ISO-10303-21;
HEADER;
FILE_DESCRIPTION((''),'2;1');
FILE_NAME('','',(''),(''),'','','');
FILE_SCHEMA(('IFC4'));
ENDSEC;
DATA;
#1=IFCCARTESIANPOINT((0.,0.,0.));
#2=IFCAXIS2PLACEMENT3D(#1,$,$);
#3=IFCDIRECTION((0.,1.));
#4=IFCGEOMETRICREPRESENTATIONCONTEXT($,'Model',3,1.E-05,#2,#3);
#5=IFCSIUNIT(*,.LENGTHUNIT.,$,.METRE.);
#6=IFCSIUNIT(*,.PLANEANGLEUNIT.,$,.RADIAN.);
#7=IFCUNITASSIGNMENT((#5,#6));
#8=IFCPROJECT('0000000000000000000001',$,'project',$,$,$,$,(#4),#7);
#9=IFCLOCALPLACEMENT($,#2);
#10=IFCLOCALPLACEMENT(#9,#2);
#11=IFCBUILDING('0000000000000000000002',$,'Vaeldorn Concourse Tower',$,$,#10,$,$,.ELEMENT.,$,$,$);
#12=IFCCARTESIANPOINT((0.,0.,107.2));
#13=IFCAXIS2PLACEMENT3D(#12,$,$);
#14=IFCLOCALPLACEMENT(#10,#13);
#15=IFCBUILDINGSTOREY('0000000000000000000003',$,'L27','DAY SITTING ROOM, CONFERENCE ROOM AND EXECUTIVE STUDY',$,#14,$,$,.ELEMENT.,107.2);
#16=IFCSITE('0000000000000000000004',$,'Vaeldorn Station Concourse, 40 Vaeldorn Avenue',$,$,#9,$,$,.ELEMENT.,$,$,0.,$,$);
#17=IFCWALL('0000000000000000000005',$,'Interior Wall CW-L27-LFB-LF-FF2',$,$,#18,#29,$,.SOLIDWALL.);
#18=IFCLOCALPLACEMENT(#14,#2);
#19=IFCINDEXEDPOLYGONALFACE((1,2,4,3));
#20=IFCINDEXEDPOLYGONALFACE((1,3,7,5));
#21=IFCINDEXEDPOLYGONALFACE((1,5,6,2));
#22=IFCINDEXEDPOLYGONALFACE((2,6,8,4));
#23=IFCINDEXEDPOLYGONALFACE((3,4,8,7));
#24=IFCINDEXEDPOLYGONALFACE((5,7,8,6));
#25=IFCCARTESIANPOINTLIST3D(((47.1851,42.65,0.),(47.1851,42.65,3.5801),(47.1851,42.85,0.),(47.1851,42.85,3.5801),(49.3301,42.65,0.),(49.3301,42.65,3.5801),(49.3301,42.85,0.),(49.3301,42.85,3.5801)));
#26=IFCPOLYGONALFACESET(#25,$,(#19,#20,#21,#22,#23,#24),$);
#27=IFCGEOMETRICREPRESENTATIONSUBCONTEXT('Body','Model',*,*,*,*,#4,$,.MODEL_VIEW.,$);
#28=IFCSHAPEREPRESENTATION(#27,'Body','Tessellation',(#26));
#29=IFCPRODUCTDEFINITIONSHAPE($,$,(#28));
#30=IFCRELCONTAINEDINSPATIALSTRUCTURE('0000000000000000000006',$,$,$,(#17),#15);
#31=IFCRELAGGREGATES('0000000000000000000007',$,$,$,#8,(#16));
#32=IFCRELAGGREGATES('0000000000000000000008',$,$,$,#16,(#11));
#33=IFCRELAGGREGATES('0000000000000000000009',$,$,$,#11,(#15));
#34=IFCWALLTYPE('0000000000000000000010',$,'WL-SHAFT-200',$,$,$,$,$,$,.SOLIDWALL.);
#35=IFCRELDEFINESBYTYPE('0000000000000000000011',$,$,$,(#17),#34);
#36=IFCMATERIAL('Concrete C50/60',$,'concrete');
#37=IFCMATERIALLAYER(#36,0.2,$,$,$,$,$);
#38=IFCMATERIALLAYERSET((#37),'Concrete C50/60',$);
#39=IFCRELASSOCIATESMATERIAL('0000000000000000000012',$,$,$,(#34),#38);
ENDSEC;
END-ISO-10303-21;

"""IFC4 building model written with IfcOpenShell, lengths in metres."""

from ifc_helpers import new_model, si_unit, direction, frame, frame_2d, origin, place, context, subcontext, project, spatial, rectangle, extrude, material, layer, layer_set, type_object, element, save


model = new_model("IFC4")

# Units and contexts
model_context = context("Model", 3, precision=1e-05, world=origin(), true_north=direction((0.0, 1.0)))
body_context = subcontext(model_context, "Body", "Model", "MODEL_VIEW")
ifc_project = project(units=[si_unit("LENGTHUNIT", "METRE"), si_unit("PLANEANGLEUNIT", "RADIAN")], contexts=[model_context])

# Site, building, storey
site_placement = place(None, origin())
site = spatial("IfcSite", under=ifc_project, at=site_placement, Name="Vaeldorn Station Concourse, 40 Vaeldorn Avenue", CompositionType="ELEMENT", RefElevation=0.0)
building_placement = place(site_placement, origin())
building = spatial("IfcBuilding", under=site, at=building_placement, Name="Vaeldorn Concourse Tower", CompositionType="ELEMENT")
storey_placement = place(building_placement, frame((0.0, 0.0, 107.2)))
storey = spatial("IfcBuildingStorey", under=building, at=storey_placement, Name="L27", Description="DAY SITTING ROOM, CONFERENCE ROOM AND EXECUTIVE STUDY", CompositionType="ELEMENT", Elevation=107.2)

# Shared definitions
ifc_material_1 = material(Name="Concrete C50/60", Category="concrete")
ifc_layer_1 = layer(ifc_material_1, 0.2)
ifc_layer_set_1 = layer_set([ifc_layer_1], Name="Concrete C50/60")
wall_type_1 = type_object("IfcWallType", Name="WL-SHAFT-200", PredefinedType="SOLIDWALL", material=ifc_layer_set_1)

# Wall
wall_1_placement = place(storey_placement, frame((47.1851, 42.75, 0.0), z_axis=(0.0, 0.0, 1.0), x_axis=(1.0, 0.0, 0.0)))
element("IfcWall", 1, at=wall_1_placement, inside=storey, type_object=wall_type_1, Name="Interior Wall CW-L27-LFB-LF-FF2", PredefinedType="SOLIDWALL", context=body_context, shape_type="SweptSolid", body=[
    extrude(rectangle(XDim=2.145, YDim=0.2, at=frame_2d((1.0725, 0.0))), origin(), (0.0, 0.0, 1.0), 3.5801),
])

save(model, "model.ifc")
